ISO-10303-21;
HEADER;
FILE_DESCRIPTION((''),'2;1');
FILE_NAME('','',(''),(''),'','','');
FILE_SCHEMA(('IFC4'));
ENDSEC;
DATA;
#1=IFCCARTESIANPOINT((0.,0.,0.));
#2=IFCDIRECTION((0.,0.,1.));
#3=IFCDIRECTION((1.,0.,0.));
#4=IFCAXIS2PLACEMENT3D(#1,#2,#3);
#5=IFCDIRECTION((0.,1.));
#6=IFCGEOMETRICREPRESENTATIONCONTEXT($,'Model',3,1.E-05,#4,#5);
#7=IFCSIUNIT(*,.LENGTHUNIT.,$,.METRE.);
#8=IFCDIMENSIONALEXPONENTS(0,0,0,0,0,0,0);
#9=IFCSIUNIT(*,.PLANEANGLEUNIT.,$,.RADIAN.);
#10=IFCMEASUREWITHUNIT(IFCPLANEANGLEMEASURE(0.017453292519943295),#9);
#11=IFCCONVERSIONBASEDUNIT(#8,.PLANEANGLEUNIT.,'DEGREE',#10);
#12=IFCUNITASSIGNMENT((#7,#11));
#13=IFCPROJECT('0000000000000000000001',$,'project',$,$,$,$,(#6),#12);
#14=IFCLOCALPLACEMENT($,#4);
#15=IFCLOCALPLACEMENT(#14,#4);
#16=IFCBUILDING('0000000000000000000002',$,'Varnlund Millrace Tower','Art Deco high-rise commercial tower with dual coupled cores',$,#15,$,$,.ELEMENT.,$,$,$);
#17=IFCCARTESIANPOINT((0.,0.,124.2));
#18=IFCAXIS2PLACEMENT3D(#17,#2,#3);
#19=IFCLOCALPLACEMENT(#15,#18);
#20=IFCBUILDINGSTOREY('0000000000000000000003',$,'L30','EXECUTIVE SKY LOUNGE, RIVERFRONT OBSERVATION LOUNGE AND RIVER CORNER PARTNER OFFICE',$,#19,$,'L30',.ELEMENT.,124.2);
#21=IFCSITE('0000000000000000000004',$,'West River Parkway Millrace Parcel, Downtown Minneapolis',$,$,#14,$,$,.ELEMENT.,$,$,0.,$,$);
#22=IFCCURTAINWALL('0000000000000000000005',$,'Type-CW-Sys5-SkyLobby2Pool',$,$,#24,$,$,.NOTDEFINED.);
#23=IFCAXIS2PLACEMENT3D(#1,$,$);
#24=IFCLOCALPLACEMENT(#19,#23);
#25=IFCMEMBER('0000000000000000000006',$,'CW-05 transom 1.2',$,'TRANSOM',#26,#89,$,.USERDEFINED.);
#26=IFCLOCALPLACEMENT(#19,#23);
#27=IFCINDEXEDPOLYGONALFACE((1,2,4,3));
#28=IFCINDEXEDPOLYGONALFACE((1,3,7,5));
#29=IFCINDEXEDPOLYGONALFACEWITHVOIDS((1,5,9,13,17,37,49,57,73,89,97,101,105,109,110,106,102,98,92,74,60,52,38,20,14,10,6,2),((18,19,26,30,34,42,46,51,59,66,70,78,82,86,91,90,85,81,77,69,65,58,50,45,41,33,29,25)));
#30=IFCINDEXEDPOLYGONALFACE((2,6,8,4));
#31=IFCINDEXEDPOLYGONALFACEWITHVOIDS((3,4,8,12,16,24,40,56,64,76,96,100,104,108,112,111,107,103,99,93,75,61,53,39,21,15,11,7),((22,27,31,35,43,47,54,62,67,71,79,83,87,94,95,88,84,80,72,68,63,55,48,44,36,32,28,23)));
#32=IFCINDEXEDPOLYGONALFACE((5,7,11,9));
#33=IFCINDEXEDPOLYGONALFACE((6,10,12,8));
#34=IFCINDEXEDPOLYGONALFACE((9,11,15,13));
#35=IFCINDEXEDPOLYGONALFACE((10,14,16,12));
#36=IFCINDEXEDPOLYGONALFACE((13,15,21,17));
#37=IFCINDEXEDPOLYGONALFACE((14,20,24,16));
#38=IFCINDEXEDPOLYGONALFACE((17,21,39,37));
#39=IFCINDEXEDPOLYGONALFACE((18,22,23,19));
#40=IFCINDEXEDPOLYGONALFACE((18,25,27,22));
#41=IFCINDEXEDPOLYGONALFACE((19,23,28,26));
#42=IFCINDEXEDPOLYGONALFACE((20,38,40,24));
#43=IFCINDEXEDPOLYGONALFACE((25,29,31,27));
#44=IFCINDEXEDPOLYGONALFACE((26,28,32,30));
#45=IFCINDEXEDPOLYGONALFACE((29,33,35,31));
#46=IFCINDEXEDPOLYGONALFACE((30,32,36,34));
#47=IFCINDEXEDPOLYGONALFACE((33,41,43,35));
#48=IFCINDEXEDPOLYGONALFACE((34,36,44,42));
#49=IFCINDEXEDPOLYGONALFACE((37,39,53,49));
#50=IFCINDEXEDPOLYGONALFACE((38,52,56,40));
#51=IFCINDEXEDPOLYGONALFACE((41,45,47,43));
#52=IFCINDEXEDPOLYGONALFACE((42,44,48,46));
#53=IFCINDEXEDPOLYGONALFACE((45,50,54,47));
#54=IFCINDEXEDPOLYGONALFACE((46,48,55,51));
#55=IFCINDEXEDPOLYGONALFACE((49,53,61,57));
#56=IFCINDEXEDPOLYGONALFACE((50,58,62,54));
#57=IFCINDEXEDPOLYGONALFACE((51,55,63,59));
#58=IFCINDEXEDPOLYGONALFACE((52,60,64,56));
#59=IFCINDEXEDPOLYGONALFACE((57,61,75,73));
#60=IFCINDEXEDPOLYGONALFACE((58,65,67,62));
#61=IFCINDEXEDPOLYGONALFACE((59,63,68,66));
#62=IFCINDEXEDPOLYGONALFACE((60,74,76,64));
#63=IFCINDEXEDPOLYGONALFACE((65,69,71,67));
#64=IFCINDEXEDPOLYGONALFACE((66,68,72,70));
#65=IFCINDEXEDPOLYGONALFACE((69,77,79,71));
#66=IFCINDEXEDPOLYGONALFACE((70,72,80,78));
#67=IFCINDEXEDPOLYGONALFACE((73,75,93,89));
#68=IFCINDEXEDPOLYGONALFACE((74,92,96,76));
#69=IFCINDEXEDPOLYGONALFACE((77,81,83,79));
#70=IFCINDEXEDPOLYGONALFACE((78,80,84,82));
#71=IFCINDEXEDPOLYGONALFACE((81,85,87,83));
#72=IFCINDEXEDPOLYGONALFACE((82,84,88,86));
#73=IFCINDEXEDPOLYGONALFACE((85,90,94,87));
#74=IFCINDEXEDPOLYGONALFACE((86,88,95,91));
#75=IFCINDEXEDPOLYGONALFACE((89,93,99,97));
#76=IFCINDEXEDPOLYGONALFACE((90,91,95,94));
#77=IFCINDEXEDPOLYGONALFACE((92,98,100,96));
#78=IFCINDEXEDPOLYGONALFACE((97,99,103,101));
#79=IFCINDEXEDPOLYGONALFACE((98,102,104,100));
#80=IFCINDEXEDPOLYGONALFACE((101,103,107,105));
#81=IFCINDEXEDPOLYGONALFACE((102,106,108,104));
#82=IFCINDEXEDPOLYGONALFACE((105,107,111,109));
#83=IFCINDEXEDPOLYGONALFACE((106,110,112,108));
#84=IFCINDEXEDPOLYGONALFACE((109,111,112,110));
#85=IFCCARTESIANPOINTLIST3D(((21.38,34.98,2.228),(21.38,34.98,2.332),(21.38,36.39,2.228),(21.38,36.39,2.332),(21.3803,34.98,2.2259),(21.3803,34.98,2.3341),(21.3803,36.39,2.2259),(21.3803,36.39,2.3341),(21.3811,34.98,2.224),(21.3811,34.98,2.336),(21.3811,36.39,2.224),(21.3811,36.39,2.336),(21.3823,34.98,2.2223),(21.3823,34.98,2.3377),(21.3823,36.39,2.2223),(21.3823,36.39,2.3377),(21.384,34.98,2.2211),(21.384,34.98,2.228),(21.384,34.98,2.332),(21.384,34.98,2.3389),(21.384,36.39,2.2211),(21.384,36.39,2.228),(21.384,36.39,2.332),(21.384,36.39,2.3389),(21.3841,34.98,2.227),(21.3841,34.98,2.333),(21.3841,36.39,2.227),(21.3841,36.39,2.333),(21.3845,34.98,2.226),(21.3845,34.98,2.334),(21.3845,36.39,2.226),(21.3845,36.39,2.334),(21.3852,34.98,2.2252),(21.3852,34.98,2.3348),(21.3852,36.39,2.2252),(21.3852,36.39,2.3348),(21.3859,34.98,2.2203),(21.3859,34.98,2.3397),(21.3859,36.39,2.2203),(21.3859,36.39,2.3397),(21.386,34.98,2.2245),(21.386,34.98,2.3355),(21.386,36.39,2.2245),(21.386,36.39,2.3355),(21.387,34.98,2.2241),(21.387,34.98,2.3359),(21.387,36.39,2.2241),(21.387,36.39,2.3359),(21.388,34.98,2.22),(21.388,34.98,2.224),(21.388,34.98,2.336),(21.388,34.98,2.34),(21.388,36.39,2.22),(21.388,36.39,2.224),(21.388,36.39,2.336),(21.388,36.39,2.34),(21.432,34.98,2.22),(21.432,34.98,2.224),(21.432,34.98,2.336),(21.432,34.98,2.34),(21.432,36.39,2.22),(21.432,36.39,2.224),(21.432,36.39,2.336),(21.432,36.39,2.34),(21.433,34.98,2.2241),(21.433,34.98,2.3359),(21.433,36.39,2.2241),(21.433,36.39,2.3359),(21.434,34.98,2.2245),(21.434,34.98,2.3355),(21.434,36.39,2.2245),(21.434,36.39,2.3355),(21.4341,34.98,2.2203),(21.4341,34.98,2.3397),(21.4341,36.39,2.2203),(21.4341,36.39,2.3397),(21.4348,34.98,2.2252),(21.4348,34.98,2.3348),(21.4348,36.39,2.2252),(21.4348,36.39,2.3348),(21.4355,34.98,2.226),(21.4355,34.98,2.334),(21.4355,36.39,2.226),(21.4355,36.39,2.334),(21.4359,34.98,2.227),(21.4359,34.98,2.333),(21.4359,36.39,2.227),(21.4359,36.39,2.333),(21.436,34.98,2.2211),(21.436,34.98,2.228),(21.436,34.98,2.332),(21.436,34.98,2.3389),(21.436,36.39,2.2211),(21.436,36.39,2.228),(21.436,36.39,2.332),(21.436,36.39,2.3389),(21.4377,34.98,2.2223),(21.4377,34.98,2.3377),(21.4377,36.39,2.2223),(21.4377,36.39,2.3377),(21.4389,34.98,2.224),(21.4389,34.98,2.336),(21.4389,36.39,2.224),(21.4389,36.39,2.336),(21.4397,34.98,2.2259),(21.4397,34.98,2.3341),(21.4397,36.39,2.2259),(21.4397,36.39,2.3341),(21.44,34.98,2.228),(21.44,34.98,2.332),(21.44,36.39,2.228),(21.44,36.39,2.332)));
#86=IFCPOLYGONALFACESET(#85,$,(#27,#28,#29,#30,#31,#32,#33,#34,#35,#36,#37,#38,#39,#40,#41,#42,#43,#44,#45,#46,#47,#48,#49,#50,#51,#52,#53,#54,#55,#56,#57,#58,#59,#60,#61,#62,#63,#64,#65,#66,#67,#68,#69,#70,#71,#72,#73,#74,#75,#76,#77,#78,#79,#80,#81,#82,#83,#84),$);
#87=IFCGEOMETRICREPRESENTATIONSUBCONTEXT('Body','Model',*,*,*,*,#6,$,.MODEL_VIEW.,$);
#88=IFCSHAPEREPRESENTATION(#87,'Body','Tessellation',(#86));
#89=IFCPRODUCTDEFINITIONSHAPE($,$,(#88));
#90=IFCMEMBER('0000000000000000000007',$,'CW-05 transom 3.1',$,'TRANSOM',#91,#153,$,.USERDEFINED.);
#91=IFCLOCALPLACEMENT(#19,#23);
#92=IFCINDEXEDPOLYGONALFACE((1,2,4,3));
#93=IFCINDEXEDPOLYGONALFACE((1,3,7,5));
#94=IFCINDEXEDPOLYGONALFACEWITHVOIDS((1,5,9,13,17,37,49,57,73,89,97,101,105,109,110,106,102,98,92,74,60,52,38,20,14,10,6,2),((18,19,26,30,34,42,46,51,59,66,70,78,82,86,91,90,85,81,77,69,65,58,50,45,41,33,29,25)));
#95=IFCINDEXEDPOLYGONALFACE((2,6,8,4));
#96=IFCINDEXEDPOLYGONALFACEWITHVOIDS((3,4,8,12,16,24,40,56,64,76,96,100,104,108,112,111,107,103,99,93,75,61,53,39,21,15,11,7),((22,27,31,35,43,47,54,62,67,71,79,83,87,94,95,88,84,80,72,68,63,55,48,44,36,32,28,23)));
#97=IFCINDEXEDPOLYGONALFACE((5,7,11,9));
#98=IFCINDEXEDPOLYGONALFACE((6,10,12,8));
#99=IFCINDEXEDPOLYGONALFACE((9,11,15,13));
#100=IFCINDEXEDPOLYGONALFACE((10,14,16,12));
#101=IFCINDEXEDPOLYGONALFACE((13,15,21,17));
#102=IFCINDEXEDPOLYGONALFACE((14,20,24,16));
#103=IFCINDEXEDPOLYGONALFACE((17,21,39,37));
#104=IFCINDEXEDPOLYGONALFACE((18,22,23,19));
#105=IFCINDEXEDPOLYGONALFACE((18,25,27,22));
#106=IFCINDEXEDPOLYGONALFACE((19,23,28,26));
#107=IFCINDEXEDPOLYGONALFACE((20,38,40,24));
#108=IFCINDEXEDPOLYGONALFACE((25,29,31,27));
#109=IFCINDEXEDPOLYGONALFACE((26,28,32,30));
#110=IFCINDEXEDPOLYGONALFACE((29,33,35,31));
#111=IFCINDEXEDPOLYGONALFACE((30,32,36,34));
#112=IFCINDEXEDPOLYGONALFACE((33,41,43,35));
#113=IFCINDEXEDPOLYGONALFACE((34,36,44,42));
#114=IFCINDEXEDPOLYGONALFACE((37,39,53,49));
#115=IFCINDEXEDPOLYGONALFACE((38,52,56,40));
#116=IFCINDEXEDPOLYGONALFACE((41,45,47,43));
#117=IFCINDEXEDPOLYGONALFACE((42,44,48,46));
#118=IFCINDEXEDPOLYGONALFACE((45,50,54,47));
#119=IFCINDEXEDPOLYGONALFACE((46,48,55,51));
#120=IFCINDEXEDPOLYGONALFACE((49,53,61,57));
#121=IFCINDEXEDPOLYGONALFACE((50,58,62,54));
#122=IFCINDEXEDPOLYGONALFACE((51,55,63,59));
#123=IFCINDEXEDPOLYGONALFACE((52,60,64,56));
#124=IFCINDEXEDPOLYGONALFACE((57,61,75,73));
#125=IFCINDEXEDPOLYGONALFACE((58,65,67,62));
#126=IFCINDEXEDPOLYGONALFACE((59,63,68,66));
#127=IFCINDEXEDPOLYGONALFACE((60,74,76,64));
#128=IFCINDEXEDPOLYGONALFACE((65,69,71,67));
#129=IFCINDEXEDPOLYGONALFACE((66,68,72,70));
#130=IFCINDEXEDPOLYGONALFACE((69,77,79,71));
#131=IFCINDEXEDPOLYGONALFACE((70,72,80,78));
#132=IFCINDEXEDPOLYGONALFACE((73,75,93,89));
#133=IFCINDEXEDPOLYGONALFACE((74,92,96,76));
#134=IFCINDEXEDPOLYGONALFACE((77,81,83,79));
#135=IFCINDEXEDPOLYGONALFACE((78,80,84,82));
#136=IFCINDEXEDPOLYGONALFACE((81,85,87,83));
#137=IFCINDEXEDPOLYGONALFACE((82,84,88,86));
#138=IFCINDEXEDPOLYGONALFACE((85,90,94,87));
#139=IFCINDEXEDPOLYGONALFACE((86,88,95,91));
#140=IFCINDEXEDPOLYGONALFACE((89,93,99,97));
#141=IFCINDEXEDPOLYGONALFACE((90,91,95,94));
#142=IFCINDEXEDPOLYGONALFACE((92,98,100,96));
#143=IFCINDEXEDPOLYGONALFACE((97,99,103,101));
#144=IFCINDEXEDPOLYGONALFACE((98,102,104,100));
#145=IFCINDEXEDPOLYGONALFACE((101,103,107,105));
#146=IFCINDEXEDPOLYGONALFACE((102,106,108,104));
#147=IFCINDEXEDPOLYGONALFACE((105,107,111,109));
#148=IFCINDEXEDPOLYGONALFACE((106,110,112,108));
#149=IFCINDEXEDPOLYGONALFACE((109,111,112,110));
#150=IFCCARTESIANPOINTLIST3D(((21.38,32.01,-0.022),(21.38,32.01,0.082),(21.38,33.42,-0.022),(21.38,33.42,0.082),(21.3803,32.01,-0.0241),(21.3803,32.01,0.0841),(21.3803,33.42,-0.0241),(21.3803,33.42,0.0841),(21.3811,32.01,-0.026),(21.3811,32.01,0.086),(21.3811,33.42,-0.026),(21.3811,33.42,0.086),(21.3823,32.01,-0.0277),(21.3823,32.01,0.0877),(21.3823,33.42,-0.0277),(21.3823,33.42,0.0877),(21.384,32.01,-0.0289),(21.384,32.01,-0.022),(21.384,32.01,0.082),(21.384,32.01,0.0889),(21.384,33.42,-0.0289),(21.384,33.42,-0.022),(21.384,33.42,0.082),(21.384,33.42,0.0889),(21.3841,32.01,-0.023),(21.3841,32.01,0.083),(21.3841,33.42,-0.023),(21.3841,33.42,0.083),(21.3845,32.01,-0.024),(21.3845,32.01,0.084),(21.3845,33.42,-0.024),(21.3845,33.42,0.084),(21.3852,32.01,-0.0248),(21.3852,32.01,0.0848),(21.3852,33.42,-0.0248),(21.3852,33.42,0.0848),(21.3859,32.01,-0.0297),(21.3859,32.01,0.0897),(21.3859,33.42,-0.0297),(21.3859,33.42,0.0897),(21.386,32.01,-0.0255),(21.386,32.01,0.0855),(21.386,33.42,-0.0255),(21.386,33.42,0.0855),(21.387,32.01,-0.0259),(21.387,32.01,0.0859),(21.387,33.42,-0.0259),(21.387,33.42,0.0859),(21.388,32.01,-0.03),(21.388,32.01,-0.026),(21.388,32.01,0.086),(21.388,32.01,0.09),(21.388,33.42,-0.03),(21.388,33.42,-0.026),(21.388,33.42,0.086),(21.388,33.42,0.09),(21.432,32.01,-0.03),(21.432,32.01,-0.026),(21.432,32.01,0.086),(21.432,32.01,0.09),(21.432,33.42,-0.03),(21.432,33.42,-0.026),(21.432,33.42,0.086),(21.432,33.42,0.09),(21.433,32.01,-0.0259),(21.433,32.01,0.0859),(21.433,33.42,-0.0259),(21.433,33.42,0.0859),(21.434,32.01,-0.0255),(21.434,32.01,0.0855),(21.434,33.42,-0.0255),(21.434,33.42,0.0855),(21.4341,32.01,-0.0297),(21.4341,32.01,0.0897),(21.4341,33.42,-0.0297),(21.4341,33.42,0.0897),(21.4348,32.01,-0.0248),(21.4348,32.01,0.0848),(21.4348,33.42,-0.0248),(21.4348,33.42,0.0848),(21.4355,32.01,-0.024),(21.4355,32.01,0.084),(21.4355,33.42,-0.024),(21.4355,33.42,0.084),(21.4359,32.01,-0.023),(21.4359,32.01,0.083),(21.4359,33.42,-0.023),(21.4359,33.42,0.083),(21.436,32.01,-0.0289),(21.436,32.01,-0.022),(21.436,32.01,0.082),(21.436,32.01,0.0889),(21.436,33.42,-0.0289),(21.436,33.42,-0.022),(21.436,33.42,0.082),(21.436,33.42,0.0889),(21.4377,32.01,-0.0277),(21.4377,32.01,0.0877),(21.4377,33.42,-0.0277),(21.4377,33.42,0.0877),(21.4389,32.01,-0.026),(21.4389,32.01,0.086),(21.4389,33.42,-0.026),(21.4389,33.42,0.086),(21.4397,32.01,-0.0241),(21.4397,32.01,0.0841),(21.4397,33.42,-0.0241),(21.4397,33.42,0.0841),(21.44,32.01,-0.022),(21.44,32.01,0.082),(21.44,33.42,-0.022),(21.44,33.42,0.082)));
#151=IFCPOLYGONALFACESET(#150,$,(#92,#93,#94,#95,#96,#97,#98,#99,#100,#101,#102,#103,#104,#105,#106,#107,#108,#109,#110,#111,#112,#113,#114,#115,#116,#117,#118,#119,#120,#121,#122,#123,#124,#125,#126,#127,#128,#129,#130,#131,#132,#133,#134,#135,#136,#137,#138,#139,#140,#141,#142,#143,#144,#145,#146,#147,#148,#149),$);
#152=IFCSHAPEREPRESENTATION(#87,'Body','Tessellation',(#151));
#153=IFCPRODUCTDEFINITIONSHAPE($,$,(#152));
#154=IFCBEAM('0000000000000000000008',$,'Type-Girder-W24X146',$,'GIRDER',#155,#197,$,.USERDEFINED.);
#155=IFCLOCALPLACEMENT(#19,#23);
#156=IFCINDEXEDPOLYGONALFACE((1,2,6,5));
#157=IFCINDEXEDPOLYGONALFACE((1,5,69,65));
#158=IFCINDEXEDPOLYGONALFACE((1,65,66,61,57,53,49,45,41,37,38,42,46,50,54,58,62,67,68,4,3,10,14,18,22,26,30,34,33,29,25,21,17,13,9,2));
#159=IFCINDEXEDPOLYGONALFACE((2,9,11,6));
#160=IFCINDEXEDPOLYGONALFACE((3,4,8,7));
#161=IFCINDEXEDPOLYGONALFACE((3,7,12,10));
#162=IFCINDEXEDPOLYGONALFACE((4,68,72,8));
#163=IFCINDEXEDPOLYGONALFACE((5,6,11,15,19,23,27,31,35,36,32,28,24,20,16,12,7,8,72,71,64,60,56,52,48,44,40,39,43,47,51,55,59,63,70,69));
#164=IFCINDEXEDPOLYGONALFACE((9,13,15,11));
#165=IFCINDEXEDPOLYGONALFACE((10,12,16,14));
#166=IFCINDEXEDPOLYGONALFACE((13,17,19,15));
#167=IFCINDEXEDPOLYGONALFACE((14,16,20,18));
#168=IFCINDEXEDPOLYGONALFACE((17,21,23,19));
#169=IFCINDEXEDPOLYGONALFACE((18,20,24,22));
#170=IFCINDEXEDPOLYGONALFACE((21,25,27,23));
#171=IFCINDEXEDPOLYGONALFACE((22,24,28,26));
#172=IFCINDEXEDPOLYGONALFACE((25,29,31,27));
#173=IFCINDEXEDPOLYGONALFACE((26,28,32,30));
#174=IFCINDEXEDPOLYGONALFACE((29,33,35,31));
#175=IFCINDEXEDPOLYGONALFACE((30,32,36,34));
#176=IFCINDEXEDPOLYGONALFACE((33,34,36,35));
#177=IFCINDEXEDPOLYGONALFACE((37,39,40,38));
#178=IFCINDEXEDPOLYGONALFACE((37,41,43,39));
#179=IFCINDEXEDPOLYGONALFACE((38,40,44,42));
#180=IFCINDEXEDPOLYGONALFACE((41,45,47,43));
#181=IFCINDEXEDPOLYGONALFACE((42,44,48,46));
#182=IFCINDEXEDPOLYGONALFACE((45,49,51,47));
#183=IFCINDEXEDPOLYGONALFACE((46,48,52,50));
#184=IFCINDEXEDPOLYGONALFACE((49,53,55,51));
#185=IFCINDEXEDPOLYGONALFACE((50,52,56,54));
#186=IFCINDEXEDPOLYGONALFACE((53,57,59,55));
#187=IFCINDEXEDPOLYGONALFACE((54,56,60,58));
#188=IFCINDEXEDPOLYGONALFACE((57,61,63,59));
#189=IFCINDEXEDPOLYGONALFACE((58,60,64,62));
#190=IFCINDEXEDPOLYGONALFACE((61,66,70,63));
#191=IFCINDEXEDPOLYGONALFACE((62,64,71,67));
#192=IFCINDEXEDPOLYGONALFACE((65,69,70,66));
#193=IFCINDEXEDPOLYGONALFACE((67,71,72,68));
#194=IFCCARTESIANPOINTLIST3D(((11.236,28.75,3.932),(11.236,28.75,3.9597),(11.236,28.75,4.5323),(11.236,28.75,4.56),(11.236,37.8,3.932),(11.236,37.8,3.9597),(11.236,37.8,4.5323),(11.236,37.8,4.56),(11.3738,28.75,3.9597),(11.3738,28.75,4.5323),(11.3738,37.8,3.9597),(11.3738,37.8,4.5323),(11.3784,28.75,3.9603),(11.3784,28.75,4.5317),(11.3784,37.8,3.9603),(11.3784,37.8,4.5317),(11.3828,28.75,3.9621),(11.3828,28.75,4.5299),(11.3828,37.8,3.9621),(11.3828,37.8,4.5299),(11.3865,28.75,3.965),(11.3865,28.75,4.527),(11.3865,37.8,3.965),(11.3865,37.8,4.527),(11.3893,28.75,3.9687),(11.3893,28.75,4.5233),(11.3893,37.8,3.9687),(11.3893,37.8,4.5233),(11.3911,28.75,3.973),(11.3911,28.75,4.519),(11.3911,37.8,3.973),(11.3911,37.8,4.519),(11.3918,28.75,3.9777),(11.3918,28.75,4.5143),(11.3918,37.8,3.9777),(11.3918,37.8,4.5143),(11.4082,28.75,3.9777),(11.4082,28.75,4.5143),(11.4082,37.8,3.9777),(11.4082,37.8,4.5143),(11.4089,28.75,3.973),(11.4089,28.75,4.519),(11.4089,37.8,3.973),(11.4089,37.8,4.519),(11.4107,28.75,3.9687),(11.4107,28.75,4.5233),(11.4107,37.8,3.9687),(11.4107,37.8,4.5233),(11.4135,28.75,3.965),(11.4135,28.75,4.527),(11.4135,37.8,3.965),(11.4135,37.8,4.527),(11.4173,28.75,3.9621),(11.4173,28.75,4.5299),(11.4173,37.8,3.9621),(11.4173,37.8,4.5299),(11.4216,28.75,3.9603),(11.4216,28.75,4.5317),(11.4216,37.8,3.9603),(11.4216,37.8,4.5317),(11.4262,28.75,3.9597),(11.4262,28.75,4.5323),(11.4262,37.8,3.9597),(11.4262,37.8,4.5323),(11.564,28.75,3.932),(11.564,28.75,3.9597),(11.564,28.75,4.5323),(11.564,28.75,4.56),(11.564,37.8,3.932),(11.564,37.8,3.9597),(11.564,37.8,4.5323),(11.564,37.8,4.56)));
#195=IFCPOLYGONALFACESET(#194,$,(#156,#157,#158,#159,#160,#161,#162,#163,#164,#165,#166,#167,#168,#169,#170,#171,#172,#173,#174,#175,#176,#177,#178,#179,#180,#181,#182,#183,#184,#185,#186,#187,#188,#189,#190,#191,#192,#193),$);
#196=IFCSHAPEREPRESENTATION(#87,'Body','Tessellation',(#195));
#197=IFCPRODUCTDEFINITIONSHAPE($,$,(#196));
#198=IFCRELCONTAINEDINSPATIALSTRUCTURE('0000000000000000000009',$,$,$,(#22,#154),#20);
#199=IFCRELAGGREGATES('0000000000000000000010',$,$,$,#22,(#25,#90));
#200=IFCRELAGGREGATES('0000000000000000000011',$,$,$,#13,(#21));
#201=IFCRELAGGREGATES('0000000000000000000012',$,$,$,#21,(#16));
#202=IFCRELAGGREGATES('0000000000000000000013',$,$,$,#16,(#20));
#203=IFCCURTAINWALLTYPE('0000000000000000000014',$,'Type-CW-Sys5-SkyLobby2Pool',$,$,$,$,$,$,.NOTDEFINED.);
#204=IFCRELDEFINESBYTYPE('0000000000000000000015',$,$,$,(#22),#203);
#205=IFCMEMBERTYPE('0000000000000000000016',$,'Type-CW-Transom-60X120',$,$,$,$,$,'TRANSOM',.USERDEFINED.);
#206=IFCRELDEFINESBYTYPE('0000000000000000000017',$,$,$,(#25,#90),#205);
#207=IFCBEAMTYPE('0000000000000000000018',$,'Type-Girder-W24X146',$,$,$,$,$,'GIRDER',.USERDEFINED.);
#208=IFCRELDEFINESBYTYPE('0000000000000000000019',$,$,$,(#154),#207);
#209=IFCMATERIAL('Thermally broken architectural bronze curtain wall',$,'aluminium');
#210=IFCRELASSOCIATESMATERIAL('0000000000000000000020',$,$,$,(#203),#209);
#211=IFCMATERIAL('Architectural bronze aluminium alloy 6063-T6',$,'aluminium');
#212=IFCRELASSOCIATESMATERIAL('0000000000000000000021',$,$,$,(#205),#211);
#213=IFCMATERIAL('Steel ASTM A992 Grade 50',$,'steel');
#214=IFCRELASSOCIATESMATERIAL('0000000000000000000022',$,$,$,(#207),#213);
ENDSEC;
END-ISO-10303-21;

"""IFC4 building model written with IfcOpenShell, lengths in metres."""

from ifc_helpers import new_model, entity, si_unit, converted_unit, direction, frame, origin_with_axes, origin_2d_with_axis, place, context, subcontext, project, spatial, hollow_rectangle, i_section, extrude, material, material_profile, profile_set, type_object, element, aggregate, save


model = new_model("IFC4")

# Units and contexts
model_context = context("Model", 3, precision=1e-05, world=origin_with_axes(), true_north=direction((0.0, 1.0)))
body_context = subcontext(model_context, "Body", "Model", "MODEL_VIEW")
ifc_project = project(units=[si_unit("LENGTHUNIT", "METRE"), converted_unit("PLANEANGLEUNIT", "DEGREE", entity("IfcPlaneAngleMeasure", 0.017453292519943295), si_unit("PLANEANGLEUNIT", "RADIAN"), dimensions=[0, 0, 0, 0, 0, 0, 0])], contexts=[model_context])

# Site, building, storey
site_placement = place(None, origin_with_axes())
site = spatial("IfcSite", under=ifc_project, at=site_placement, Name="West River Parkway Millrace Parcel, Downtown Minneapolis", CompositionType="ELEMENT", RefElevation=0.0)
building_placement = place(site_placement, origin_with_axes())
building = spatial("IfcBuilding", under=site, at=building_placement, Name="Varnlund Millrace Tower", Description="Art Deco high-rise commercial tower with dual coupled cores", CompositionType="ELEMENT")
storey_placement = place(building_placement, frame((0.0, 0.0, 124.2), z_axis=(0.0, 0.0, 1.0), x_axis=(1.0, 0.0, 0.0)))
storey = spatial("IfcBuildingStorey", under=building, at=storey_placement, Name="L30", Description="EXECUTIVE SKY LOUNGE, RIVERFRONT OBSERVATION LOUNGE AND RIVER CORNER PARTNER OFFICE", LongName="L30", CompositionType="ELEMENT", Elevation=124.2)

# Curtain wall, members
ifc_material_1 = material(Name="Thermally broken architectural bronze curtain wall", Category="aluminium")
curtain_wall_type = type_object("IfcCurtainWallType", Name="Type-CW-Sys5-SkyLobby2Pool", PredefinedType="NOTDEFINED", material=ifc_material_1)
curtain_wall_placement = place(storey_placement, frame((21.41, 36.45, 0.0), z_axis=(0.0, 0.0, 1.0), x_axis=(1.0, 0.0, 0.0)))
curtain_wall = element("IfcCurtainWall", 1, at=curtain_wall_placement, inside=storey, type_object=curtain_wall_type, Name="Type-CW-Sys5-SkyLobby2Pool", PredefinedType="NOTDEFINED")
ifc_material_2 = material(Name="Architectural bronze aluminium alloy 6063-T6", Category="aluminium")
ifc_material_profile_1 = material_profile(ifc_material_2, hollow_rectangle(XDim=0.06, YDim=0.12, WallThickness=0.004, InnerFilletRadius=0.004, OuterFilletRadius=0.008, at=origin_2d_with_axis()), Name="Architectural bronze aluminium alloy 6063-T6")
ifc_profile_set_1 = profile_set([ifc_material_profile_1], Name="Architectural bronze aluminium alloy 6063-T6")
member_type = type_object("IfcMemberType", Name="Type-CW-Transom-60X120", ElementType="TRANSOM", PredefinedType="USERDEFINED", material=ifc_profile_set_1)
member_1_placement = place(storey_placement, frame((21.41, 36.39, 2.28), z_axis=(0.0, -1.0, 0.0), x_axis=(1.0, 0.0, 0.0)))
member_1 = element("IfcMember", 2, at=member_1_placement, type_object=member_type, Name="CW-05 transom 1.2", ObjectType="TRANSOM", PredefinedType="USERDEFINED", context=body_context, shape_type="SweptSolid", body=[
    extrude(hollow_rectangle(XDim=0.06, YDim=0.12, WallThickness=0.004, InnerFilletRadius=0.004, OuterFilletRadius=0.008, at=origin_2d_with_axis()), origin_with_axes(), (0.0, 0.0, 1.0), 1.41),
])
member_2_placement = place(storey_placement, frame((21.41, 33.42, 0.03), z_axis=(0.0, -1.0, 0.0), x_axis=(1.0, 0.0, 0.0)))
member_2 = element("IfcMember", 3, at=member_2_placement, type_object=member_type, Name="CW-05 transom 3.1", ObjectType="TRANSOM", PredefinedType="USERDEFINED", context=body_context, shape_type="SweptSolid", body=[
    extrude(hollow_rectangle(XDim=0.06, YDim=0.12, WallThickness=0.004, InnerFilletRadius=0.004, OuterFilletRadius=0.008, at=origin_2d_with_axis()), origin_with_axes(), (0.0, 0.0, 1.0), 1.41),
])

# Beam
ifc_material_3 = material(Name="Steel ASTM A992 Grade 50", Category="steel")
ifc_material_profile_2 = material_profile(ifc_material_3, i_section(OverallWidth=0.328, OverallDepth=0.628, WebThickness=0.0165, FlangeThickness=0.0277, FilletRadius=0.018, at=origin_2d_with_axis()), Name="Steel ASTM A992 Grade 50")
ifc_profile_set_2 = profile_set([ifc_material_profile_2], Name="Steel ASTM A992 Grade 50")
beam_type_1 = type_object("IfcBeamType", Name="Type-Girder-W24X146", ElementType="GIRDER", PredefinedType="USERDEFINED", material=ifc_profile_set_2)
for number, where, z_axis, x_axis, name in (
    (4, (11.4, 28.75, 4.246), (0.0, 1.0, 0.0), (-1.0, 0.0, 0.0), "Type-Girder-W24X146"),
):
    element("IfcBeam", number, at=place(storey_placement, frame(where, z_axis=z_axis, x_axis=x_axis)), inside=storey, type_object=beam_type_1, Name=name, ObjectType="GIRDER", PredefinedType="USERDEFINED", context=body_context, shape_type="SweptSolid", body=[
        extrude(i_section(OverallWidth=0.328, OverallDepth=0.628, WebThickness=0.0165, FlangeThickness=0.0277, FilletRadius=0.018, at=origin_2d_with_axis()), origin_with_axes(), (0.0, 0.0, 1.0), 9.05),
    ])

aggregate(curtain_wall, [member_1, member_2])

save(model, "model.ifc")
